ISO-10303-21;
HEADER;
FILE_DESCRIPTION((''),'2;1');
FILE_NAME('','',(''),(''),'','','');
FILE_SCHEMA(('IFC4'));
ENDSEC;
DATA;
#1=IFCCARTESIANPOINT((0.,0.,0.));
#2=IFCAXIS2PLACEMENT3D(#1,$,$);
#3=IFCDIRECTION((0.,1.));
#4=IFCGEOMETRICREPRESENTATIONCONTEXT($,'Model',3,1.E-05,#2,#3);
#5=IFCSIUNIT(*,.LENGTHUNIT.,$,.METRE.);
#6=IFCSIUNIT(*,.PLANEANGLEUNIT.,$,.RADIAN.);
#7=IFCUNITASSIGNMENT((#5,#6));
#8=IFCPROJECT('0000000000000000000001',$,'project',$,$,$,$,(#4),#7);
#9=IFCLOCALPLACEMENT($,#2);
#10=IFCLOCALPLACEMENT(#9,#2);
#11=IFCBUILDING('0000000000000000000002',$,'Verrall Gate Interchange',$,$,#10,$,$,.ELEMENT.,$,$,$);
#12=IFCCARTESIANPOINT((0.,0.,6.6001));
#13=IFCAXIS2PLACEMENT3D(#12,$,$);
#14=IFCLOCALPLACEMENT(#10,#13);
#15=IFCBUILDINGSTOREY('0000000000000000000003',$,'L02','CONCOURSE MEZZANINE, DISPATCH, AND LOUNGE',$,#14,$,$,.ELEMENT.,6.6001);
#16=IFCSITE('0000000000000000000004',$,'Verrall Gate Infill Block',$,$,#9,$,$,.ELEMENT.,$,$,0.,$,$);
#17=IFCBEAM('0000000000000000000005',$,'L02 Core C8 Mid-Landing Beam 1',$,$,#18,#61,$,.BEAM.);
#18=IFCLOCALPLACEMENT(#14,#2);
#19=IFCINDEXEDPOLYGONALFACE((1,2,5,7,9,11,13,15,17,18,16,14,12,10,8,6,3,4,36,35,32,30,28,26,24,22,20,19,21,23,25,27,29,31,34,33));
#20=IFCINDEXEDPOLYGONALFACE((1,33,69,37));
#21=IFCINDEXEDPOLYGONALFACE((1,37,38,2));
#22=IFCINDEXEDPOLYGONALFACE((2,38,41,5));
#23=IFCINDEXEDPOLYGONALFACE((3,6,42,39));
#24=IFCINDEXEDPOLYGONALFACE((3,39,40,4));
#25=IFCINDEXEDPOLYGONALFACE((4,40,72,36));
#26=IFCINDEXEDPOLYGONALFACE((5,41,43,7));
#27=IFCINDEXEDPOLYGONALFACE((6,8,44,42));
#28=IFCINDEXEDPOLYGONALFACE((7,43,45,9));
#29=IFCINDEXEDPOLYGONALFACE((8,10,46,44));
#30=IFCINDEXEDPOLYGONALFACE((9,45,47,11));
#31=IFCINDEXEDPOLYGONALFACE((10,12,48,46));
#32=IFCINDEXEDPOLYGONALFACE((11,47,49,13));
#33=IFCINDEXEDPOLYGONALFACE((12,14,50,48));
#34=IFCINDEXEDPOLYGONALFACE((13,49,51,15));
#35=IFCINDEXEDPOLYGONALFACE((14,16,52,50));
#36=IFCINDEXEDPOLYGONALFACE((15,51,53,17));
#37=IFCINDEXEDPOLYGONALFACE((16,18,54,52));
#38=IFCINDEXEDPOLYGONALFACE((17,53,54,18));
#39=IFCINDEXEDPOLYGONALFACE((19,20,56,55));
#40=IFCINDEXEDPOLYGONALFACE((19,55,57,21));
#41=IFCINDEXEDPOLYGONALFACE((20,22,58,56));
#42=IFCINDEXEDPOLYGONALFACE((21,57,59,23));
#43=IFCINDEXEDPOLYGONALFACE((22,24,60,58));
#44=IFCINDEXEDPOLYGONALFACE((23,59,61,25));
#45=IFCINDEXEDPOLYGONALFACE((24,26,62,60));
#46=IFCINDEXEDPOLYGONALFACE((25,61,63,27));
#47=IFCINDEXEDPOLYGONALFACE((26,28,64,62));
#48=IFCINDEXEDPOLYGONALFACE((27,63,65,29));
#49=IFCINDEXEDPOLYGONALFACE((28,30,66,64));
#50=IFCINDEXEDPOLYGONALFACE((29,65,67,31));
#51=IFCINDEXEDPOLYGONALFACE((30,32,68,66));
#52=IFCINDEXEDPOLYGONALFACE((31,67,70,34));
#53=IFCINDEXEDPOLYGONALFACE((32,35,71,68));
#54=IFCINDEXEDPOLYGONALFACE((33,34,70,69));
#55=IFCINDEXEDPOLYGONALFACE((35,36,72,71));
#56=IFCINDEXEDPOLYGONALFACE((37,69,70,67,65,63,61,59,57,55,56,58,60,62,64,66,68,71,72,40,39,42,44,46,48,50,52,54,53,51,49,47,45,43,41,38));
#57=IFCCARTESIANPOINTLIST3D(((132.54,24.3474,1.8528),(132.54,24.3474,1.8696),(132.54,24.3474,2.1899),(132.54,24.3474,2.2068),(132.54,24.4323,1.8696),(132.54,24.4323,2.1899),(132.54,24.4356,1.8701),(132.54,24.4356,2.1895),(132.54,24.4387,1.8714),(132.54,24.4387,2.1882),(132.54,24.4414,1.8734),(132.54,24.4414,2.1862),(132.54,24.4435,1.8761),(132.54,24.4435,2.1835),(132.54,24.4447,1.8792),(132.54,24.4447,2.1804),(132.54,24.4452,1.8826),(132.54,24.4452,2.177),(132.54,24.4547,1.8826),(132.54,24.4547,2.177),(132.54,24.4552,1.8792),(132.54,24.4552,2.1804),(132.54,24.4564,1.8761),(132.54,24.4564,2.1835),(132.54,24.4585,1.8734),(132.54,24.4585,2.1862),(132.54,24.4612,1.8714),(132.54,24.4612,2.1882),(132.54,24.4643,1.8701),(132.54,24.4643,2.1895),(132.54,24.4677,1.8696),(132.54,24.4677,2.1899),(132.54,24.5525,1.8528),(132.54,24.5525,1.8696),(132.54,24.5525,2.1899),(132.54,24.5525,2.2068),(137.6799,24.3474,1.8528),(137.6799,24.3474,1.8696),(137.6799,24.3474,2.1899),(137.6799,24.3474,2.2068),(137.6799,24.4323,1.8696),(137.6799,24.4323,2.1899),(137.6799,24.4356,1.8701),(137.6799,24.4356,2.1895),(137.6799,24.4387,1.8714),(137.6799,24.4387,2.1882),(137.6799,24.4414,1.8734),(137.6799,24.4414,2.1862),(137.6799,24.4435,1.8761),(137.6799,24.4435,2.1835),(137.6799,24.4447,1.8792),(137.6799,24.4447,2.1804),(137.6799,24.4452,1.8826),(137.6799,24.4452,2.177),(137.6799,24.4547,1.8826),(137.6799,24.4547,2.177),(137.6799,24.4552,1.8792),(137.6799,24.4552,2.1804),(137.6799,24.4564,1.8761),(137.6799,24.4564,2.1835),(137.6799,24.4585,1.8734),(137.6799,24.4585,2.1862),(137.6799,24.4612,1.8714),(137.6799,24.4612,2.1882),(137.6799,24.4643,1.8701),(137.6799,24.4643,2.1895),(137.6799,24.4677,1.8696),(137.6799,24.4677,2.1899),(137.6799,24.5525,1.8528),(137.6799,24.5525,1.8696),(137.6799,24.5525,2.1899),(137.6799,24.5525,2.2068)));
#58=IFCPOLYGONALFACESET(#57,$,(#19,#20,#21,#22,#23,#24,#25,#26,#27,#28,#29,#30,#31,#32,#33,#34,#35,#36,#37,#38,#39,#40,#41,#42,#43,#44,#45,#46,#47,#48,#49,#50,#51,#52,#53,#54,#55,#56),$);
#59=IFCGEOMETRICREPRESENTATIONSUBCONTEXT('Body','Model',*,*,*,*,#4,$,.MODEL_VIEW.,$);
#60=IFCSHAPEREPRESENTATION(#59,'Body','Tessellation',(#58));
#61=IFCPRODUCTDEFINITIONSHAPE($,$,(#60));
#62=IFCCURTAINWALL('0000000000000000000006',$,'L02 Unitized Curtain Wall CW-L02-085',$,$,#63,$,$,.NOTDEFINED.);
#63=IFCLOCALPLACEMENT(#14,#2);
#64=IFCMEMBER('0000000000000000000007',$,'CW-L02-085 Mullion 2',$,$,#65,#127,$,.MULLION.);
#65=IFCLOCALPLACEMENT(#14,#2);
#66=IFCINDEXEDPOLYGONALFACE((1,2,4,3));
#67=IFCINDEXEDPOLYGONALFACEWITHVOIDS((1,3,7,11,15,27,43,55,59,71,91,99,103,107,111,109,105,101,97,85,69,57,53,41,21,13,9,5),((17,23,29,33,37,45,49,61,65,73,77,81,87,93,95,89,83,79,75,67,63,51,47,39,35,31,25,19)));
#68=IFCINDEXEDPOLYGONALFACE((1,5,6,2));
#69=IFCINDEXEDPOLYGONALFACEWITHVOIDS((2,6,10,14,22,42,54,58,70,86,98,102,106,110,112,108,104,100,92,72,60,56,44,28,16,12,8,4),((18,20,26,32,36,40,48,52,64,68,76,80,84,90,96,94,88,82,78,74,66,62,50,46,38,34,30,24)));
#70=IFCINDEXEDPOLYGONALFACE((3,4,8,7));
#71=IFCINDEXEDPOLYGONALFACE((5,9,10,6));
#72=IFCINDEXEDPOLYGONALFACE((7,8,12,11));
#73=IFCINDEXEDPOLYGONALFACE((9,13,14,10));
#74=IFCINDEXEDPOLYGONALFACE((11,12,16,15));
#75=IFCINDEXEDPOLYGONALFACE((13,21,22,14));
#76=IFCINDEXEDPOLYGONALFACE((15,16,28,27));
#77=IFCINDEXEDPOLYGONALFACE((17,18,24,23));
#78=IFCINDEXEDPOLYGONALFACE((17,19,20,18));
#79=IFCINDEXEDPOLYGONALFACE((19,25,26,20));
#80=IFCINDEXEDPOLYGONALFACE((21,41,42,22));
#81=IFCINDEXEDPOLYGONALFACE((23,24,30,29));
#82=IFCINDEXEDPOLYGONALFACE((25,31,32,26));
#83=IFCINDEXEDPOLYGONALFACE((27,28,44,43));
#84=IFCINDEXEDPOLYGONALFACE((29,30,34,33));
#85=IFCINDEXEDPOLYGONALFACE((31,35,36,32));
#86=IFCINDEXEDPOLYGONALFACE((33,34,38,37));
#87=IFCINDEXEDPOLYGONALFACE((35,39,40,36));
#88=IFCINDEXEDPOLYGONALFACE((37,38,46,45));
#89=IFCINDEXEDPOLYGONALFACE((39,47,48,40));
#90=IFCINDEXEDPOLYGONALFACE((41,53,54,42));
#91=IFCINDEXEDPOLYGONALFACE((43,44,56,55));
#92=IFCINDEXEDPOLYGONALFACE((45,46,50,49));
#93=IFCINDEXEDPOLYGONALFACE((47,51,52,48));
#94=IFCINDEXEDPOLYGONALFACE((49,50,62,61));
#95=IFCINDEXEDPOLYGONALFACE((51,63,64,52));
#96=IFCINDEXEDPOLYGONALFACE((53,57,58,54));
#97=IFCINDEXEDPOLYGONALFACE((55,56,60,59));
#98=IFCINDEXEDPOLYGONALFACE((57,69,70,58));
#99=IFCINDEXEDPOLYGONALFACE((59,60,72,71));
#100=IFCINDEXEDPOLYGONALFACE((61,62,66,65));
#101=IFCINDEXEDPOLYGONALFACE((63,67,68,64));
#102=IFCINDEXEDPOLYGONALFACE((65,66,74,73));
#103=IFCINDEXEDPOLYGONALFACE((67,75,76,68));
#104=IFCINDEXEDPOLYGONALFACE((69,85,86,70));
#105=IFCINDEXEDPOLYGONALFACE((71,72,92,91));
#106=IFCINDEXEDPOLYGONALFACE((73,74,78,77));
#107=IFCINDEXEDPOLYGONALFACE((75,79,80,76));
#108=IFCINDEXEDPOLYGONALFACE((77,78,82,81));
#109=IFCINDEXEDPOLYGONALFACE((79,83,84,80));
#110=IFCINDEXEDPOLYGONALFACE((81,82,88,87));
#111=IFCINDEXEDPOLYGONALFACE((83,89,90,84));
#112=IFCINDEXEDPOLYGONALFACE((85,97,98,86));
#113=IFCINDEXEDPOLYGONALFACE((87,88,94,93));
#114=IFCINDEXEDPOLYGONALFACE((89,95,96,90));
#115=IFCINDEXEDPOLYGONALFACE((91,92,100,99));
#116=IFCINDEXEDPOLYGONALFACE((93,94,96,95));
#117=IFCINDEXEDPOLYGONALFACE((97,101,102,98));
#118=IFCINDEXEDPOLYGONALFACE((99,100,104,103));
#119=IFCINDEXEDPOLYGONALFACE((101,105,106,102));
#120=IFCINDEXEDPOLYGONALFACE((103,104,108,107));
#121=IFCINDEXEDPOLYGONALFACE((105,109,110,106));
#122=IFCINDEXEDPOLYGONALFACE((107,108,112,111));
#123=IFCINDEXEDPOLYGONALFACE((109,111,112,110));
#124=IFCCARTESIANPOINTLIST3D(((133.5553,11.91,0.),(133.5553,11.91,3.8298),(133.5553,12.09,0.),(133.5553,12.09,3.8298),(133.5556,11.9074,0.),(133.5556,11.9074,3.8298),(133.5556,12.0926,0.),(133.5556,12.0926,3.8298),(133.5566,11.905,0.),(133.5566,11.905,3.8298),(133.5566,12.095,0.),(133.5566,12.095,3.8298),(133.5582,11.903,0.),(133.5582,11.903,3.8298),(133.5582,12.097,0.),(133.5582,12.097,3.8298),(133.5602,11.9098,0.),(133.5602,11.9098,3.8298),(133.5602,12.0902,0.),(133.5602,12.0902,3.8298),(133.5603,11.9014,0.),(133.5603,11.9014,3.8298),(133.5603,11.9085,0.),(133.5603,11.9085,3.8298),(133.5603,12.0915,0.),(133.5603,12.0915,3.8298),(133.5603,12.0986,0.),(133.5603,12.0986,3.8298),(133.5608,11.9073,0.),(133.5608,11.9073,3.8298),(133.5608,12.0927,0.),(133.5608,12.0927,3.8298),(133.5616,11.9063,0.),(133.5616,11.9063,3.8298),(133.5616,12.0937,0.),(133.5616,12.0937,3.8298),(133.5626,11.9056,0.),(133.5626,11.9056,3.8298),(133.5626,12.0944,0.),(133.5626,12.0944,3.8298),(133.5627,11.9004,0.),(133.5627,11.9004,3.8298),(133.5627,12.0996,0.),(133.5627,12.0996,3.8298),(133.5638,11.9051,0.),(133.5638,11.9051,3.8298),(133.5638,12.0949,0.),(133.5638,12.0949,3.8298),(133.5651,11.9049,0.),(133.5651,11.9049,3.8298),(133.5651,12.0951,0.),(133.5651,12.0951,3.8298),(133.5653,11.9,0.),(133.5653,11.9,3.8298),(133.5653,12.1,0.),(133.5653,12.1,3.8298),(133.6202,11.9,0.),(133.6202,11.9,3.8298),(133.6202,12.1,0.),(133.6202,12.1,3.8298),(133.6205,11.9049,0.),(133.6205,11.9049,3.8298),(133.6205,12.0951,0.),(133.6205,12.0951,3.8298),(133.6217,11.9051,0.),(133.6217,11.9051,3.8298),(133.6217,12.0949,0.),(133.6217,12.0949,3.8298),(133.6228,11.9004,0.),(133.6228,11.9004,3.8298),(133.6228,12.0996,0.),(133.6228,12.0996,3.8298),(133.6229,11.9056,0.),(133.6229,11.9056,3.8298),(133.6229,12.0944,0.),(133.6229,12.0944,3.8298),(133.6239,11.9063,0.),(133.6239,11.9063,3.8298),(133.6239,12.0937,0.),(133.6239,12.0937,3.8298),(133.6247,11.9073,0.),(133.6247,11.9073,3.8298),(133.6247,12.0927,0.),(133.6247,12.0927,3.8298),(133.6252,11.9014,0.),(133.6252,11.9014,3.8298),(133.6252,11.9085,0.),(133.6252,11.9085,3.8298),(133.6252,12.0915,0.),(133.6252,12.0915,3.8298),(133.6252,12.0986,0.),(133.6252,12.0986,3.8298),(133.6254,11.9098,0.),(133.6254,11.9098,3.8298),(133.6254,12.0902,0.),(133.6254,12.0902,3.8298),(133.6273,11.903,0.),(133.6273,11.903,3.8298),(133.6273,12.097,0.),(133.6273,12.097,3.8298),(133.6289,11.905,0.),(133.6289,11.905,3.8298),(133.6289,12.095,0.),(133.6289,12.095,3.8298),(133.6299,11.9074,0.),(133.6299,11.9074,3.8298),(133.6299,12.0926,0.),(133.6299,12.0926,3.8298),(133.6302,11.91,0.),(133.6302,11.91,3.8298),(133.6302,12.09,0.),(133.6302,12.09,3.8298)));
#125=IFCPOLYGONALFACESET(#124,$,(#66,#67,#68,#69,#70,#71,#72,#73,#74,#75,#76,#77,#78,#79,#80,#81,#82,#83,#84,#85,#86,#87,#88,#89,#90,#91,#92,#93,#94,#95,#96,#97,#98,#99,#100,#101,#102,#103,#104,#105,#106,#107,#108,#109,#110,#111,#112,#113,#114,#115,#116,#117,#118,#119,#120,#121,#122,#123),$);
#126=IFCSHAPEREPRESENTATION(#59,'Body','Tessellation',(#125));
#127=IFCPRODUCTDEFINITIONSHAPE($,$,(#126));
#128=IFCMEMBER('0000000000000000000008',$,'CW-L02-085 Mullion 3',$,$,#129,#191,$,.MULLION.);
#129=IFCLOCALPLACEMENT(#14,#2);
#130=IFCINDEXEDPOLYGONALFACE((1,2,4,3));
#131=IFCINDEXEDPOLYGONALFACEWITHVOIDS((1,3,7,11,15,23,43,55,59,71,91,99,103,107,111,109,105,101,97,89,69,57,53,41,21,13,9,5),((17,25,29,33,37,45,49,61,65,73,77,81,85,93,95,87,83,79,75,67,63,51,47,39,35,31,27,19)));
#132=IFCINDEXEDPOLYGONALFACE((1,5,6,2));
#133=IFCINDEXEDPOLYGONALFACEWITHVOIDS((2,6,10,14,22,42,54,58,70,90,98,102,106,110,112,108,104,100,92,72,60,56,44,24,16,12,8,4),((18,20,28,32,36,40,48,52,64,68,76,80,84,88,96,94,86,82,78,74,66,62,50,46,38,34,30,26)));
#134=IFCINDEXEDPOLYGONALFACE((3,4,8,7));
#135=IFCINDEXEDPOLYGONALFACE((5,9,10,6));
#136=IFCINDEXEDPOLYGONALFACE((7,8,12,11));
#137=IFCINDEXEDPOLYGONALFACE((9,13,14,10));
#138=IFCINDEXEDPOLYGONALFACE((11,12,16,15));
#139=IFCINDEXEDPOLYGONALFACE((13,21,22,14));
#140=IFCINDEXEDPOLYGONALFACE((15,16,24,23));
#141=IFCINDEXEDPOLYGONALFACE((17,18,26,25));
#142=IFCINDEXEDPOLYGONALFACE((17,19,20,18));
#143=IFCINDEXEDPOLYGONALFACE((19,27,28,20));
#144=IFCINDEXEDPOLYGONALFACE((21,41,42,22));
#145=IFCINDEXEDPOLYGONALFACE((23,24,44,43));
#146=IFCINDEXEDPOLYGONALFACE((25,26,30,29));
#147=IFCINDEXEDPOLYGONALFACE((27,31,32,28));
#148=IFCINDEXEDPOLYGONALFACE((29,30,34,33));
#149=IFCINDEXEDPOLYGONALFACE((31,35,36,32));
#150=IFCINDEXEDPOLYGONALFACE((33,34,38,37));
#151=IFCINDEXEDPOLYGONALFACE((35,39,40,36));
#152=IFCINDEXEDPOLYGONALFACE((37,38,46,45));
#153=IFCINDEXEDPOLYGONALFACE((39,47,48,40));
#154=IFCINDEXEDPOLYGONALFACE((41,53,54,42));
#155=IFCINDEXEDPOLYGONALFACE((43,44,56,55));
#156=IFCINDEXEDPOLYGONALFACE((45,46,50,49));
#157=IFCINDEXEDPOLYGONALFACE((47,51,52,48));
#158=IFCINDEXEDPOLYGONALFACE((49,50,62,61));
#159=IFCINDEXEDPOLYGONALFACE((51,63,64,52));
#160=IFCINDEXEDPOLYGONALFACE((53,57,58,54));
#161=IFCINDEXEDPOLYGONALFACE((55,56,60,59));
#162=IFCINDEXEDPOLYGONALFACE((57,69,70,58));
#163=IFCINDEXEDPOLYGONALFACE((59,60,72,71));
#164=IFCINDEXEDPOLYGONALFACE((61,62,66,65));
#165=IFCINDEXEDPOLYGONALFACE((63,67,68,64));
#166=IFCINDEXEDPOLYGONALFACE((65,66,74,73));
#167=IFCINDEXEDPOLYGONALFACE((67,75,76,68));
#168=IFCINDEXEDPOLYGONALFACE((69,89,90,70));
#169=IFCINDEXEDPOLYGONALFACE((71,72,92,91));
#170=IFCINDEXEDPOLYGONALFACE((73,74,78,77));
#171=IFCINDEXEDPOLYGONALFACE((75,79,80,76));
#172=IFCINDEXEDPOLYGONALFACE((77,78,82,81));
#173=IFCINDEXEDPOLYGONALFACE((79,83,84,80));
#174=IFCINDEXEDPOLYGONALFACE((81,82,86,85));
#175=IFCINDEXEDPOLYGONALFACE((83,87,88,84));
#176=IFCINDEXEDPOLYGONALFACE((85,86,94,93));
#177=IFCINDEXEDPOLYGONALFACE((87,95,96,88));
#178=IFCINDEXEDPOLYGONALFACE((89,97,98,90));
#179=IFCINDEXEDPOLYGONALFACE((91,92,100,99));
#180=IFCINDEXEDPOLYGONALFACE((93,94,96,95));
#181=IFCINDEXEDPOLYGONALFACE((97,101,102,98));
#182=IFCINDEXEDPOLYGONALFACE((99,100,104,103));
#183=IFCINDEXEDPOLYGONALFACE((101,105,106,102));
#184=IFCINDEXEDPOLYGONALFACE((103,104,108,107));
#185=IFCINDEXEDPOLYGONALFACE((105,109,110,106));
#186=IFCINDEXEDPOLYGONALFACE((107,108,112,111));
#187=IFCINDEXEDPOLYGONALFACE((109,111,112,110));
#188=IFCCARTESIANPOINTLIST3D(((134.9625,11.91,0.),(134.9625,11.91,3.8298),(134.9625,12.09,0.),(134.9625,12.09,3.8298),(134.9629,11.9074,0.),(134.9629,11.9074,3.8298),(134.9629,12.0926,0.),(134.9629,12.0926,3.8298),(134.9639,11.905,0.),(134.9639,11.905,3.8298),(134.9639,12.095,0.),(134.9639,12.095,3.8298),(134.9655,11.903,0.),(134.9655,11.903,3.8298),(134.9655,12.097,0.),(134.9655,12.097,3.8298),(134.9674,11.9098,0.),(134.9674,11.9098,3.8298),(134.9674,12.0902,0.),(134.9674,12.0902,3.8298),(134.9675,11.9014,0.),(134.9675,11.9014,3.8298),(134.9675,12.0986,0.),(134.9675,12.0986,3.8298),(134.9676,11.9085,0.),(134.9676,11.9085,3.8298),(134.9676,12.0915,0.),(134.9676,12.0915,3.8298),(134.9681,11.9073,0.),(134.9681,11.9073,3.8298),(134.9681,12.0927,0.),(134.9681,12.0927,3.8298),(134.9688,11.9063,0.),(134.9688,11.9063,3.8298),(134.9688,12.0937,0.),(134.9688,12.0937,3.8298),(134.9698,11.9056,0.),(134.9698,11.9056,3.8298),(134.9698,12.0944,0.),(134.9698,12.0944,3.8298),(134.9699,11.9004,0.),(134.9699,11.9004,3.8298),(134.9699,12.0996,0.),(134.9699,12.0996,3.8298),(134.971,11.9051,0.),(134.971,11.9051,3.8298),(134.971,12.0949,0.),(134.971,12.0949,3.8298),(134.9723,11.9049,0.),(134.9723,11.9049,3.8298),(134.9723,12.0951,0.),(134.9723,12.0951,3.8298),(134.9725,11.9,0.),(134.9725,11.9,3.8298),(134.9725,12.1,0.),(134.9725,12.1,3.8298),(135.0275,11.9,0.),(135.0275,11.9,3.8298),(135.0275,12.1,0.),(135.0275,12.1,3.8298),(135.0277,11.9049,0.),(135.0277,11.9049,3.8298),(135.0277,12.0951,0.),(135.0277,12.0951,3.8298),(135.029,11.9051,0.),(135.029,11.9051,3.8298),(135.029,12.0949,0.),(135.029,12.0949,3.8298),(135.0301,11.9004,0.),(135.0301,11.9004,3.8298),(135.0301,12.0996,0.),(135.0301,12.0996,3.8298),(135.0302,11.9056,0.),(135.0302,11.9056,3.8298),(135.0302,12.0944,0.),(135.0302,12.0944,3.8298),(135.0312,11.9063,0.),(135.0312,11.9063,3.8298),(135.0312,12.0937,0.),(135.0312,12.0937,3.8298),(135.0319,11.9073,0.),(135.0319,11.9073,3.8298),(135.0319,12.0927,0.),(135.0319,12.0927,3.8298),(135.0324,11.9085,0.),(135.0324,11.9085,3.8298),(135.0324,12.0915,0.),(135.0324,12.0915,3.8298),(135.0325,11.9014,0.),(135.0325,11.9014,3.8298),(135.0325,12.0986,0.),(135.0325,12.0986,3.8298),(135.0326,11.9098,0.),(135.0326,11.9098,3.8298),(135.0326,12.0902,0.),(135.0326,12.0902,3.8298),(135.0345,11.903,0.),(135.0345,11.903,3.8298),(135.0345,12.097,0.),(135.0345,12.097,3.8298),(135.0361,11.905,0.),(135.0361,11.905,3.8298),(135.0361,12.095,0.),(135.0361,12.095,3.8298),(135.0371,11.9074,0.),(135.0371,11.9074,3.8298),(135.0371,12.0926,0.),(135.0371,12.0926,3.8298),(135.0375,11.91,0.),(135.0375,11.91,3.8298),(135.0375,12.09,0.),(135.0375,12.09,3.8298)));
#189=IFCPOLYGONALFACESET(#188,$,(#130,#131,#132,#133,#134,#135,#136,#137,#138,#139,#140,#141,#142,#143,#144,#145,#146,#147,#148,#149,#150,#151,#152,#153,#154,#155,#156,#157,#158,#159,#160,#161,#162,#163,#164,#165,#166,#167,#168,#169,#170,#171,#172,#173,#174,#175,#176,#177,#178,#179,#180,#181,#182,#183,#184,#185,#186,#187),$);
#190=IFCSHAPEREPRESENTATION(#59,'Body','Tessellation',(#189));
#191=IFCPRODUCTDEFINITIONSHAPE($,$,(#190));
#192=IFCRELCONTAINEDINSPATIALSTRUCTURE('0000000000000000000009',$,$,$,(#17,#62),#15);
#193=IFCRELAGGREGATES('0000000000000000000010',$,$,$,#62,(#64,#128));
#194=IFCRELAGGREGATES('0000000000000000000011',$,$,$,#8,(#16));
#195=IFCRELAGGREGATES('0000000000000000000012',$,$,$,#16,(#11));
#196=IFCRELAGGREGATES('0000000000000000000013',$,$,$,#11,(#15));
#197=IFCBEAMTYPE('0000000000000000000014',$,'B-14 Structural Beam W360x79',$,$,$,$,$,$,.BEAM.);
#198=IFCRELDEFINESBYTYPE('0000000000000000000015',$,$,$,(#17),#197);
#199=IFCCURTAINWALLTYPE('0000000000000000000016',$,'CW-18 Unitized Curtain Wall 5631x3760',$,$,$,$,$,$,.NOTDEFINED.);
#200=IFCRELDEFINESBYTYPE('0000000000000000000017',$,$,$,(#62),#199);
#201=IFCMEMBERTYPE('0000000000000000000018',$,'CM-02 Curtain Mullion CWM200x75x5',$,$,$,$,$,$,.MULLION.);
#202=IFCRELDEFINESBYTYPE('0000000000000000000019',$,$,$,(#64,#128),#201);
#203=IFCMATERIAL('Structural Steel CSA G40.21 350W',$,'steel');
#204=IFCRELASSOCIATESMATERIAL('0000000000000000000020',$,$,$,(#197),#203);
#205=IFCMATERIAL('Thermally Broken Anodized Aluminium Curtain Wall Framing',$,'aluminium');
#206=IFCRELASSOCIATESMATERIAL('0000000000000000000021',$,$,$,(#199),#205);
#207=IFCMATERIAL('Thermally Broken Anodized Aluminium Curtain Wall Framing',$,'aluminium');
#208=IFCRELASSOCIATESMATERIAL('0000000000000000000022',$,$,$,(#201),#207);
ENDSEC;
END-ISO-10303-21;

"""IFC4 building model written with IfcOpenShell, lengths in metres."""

from ifc_helpers import new_model, si_unit, direction, frame, origin, origin_2d, place, context, subcontext, project, spatial, hollow_rectangle, i_section, extrude, material, material_profile, profile_set, type_object, element, aggregate, save


model = new_model("IFC4")

# Units and contexts
model_context = context("Model", 3, precision=1e-05, world=origin(), true_north=direction((0.0, 1.0)))
body_context = subcontext(model_context, "Body", "Model", "MODEL_VIEW")
ifc_project = project(units=[si_unit("LENGTHUNIT", "METRE"), si_unit("PLANEANGLEUNIT", "RADIAN")], contexts=[model_context])

# Site, building, storey
site_placement = place(None, origin())
site = spatial("IfcSite", under=ifc_project, at=site_placement, Name="Verrall Gate Infill Block", CompositionType="ELEMENT", RefElevation=0.0)
building_placement = place(site_placement, origin())
building = spatial("IfcBuilding", under=site, at=building_placement, Name="Verrall Gate Interchange", CompositionType="ELEMENT")
storey_placement = place(building_placement, frame((0.0, 0.0, 6.6001)))
storey = spatial("IfcBuildingStorey", under=building, at=storey_placement, Name="L02", Description="CONCOURSE MEZZANINE, DISPATCH, AND LOUNGE", CompositionType="ELEMENT", Elevation=6.6001)

# Beam
ifc_material_1 = material(Name="Structural Steel CSA G40.21 350W", Category="steel")
ifc_material_profile_1 = material_profile(ifc_material_1, i_section(OverallWidth=0.2051, OverallDepth=0.354, WebThickness=0.0095, FlangeThickness=0.0168, FilletRadius=0.0129, at=origin_2d()), Name="W360x79")
ifc_profile_set_1 = profile_set([ifc_material_profile_1], Name="Structural Steel CSA G40.21 350W")
beam_type_1 = type_object("IfcBeamType", Name="B-14 Structural Beam W360x79", PredefinedType="BEAM", material=ifc_profile_set_1)
beam_1_placement = place(storey_placement, frame((132.54, 24.45, 2.0298), z_axis=(1.0, 0.0, 0.0), x_axis=(0.0, 1.0, 0.0)))
element("IfcBeam", 1, at=beam_1_placement, inside=storey, type_object=beam_type_1, Name="L02 Core C8 Mid-Landing Beam 1", PredefinedType="BEAM", context=body_context, shape_type="SweptSolid", body=[
    extrude(i_section(OverallWidth=0.2051, OverallDepth=0.354, WebThickness=0.0095, FlangeThickness=0.0168, FilletRadius=0.0129, at=origin_2d()), origin(), (0.0, 0.0, 1.0), 5.1399),
])

# Curtain wall, members
ifc_material_2 = material(Name="Thermally Broken Anodized Aluminium Curtain Wall Framing", Category="aluminium")
curtain_wall_type = type_object("IfcCurtainWallType", Name="CW-18 Unitized Curtain Wall 5631x3760", PredefinedType="NOTDEFINED", material=ifc_material_2)
curtain_wall_placement = place(storey_placement, origin())
curtain_wall = element("IfcCurtainWall", 2, at=curtain_wall_placement, inside=storey, type_object=curtain_wall_type, Name="L02 Unitized Curtain Wall CW-L02-085", PredefinedType="NOTDEFINED")
ifc_material_3 = material(Name="Thermally Broken Anodized Aluminium Curtain Wall Framing", Category="aluminium")
ifc_material_profile_2 = material_profile(ifc_material_3, hollow_rectangle(XDim=0.075, YDim=0.2, WallThickness=0.0049, InnerFilletRadius=0.0049, OuterFilletRadius=0.01, at=origin_2d()), Name="CWM200x75x5")
ifc_profile_set_2 = profile_set([ifc_material_profile_2], Name="Thermally Broken Anodized Aluminium Curtain Wall Framing")
member_type = type_object("IfcMemberType", Name="CM-02 Curtain Mullion CWM200x75x5", PredefinedType="MULLION", material=ifc_profile_set_2)
member_1_placement = place(storey_placement, frame((133.5928, 12.0, 0.0), z_axis=(0.0, 0.0, 1.0), x_axis=(1.0, 0.0, 0.0)))
member_1 = element("IfcMember", 3, at=member_1_placement, type_object=member_type, Name="CW-L02-085 Mullion 2", PredefinedType="MULLION", context=body_context, shape_type="SweptSolid", body=[
    extrude(hollow_rectangle(XDim=0.075, YDim=0.2, WallThickness=0.0049, InnerFilletRadius=0.0049, OuterFilletRadius=0.01, at=origin_2d()), origin(), (0.0, 0.0, 1.0), 3.8298),
])
member_2_placement = place(storey_placement, frame((135.0, 12.0, 0.0), z_axis=(0.0, 0.0, 1.0), x_axis=(1.0, 0.0, 0.0)))
member_2 = element("IfcMember", 4, at=member_2_placement, type_object=member_type, Name="CW-L02-085 Mullion 3", PredefinedType="MULLION", context=body_context, shape_type="SweptSolid", body=[
    extrude(hollow_rectangle(XDim=0.075, YDim=0.2, WallThickness=0.0049, InnerFilletRadius=0.0049, OuterFilletRadius=0.01, at=origin_2d()), origin(), (0.0, 0.0, 1.0), 3.8298),
])

aggregate(curtain_wall, [member_1, member_2])

save(model, "model.ifc")
